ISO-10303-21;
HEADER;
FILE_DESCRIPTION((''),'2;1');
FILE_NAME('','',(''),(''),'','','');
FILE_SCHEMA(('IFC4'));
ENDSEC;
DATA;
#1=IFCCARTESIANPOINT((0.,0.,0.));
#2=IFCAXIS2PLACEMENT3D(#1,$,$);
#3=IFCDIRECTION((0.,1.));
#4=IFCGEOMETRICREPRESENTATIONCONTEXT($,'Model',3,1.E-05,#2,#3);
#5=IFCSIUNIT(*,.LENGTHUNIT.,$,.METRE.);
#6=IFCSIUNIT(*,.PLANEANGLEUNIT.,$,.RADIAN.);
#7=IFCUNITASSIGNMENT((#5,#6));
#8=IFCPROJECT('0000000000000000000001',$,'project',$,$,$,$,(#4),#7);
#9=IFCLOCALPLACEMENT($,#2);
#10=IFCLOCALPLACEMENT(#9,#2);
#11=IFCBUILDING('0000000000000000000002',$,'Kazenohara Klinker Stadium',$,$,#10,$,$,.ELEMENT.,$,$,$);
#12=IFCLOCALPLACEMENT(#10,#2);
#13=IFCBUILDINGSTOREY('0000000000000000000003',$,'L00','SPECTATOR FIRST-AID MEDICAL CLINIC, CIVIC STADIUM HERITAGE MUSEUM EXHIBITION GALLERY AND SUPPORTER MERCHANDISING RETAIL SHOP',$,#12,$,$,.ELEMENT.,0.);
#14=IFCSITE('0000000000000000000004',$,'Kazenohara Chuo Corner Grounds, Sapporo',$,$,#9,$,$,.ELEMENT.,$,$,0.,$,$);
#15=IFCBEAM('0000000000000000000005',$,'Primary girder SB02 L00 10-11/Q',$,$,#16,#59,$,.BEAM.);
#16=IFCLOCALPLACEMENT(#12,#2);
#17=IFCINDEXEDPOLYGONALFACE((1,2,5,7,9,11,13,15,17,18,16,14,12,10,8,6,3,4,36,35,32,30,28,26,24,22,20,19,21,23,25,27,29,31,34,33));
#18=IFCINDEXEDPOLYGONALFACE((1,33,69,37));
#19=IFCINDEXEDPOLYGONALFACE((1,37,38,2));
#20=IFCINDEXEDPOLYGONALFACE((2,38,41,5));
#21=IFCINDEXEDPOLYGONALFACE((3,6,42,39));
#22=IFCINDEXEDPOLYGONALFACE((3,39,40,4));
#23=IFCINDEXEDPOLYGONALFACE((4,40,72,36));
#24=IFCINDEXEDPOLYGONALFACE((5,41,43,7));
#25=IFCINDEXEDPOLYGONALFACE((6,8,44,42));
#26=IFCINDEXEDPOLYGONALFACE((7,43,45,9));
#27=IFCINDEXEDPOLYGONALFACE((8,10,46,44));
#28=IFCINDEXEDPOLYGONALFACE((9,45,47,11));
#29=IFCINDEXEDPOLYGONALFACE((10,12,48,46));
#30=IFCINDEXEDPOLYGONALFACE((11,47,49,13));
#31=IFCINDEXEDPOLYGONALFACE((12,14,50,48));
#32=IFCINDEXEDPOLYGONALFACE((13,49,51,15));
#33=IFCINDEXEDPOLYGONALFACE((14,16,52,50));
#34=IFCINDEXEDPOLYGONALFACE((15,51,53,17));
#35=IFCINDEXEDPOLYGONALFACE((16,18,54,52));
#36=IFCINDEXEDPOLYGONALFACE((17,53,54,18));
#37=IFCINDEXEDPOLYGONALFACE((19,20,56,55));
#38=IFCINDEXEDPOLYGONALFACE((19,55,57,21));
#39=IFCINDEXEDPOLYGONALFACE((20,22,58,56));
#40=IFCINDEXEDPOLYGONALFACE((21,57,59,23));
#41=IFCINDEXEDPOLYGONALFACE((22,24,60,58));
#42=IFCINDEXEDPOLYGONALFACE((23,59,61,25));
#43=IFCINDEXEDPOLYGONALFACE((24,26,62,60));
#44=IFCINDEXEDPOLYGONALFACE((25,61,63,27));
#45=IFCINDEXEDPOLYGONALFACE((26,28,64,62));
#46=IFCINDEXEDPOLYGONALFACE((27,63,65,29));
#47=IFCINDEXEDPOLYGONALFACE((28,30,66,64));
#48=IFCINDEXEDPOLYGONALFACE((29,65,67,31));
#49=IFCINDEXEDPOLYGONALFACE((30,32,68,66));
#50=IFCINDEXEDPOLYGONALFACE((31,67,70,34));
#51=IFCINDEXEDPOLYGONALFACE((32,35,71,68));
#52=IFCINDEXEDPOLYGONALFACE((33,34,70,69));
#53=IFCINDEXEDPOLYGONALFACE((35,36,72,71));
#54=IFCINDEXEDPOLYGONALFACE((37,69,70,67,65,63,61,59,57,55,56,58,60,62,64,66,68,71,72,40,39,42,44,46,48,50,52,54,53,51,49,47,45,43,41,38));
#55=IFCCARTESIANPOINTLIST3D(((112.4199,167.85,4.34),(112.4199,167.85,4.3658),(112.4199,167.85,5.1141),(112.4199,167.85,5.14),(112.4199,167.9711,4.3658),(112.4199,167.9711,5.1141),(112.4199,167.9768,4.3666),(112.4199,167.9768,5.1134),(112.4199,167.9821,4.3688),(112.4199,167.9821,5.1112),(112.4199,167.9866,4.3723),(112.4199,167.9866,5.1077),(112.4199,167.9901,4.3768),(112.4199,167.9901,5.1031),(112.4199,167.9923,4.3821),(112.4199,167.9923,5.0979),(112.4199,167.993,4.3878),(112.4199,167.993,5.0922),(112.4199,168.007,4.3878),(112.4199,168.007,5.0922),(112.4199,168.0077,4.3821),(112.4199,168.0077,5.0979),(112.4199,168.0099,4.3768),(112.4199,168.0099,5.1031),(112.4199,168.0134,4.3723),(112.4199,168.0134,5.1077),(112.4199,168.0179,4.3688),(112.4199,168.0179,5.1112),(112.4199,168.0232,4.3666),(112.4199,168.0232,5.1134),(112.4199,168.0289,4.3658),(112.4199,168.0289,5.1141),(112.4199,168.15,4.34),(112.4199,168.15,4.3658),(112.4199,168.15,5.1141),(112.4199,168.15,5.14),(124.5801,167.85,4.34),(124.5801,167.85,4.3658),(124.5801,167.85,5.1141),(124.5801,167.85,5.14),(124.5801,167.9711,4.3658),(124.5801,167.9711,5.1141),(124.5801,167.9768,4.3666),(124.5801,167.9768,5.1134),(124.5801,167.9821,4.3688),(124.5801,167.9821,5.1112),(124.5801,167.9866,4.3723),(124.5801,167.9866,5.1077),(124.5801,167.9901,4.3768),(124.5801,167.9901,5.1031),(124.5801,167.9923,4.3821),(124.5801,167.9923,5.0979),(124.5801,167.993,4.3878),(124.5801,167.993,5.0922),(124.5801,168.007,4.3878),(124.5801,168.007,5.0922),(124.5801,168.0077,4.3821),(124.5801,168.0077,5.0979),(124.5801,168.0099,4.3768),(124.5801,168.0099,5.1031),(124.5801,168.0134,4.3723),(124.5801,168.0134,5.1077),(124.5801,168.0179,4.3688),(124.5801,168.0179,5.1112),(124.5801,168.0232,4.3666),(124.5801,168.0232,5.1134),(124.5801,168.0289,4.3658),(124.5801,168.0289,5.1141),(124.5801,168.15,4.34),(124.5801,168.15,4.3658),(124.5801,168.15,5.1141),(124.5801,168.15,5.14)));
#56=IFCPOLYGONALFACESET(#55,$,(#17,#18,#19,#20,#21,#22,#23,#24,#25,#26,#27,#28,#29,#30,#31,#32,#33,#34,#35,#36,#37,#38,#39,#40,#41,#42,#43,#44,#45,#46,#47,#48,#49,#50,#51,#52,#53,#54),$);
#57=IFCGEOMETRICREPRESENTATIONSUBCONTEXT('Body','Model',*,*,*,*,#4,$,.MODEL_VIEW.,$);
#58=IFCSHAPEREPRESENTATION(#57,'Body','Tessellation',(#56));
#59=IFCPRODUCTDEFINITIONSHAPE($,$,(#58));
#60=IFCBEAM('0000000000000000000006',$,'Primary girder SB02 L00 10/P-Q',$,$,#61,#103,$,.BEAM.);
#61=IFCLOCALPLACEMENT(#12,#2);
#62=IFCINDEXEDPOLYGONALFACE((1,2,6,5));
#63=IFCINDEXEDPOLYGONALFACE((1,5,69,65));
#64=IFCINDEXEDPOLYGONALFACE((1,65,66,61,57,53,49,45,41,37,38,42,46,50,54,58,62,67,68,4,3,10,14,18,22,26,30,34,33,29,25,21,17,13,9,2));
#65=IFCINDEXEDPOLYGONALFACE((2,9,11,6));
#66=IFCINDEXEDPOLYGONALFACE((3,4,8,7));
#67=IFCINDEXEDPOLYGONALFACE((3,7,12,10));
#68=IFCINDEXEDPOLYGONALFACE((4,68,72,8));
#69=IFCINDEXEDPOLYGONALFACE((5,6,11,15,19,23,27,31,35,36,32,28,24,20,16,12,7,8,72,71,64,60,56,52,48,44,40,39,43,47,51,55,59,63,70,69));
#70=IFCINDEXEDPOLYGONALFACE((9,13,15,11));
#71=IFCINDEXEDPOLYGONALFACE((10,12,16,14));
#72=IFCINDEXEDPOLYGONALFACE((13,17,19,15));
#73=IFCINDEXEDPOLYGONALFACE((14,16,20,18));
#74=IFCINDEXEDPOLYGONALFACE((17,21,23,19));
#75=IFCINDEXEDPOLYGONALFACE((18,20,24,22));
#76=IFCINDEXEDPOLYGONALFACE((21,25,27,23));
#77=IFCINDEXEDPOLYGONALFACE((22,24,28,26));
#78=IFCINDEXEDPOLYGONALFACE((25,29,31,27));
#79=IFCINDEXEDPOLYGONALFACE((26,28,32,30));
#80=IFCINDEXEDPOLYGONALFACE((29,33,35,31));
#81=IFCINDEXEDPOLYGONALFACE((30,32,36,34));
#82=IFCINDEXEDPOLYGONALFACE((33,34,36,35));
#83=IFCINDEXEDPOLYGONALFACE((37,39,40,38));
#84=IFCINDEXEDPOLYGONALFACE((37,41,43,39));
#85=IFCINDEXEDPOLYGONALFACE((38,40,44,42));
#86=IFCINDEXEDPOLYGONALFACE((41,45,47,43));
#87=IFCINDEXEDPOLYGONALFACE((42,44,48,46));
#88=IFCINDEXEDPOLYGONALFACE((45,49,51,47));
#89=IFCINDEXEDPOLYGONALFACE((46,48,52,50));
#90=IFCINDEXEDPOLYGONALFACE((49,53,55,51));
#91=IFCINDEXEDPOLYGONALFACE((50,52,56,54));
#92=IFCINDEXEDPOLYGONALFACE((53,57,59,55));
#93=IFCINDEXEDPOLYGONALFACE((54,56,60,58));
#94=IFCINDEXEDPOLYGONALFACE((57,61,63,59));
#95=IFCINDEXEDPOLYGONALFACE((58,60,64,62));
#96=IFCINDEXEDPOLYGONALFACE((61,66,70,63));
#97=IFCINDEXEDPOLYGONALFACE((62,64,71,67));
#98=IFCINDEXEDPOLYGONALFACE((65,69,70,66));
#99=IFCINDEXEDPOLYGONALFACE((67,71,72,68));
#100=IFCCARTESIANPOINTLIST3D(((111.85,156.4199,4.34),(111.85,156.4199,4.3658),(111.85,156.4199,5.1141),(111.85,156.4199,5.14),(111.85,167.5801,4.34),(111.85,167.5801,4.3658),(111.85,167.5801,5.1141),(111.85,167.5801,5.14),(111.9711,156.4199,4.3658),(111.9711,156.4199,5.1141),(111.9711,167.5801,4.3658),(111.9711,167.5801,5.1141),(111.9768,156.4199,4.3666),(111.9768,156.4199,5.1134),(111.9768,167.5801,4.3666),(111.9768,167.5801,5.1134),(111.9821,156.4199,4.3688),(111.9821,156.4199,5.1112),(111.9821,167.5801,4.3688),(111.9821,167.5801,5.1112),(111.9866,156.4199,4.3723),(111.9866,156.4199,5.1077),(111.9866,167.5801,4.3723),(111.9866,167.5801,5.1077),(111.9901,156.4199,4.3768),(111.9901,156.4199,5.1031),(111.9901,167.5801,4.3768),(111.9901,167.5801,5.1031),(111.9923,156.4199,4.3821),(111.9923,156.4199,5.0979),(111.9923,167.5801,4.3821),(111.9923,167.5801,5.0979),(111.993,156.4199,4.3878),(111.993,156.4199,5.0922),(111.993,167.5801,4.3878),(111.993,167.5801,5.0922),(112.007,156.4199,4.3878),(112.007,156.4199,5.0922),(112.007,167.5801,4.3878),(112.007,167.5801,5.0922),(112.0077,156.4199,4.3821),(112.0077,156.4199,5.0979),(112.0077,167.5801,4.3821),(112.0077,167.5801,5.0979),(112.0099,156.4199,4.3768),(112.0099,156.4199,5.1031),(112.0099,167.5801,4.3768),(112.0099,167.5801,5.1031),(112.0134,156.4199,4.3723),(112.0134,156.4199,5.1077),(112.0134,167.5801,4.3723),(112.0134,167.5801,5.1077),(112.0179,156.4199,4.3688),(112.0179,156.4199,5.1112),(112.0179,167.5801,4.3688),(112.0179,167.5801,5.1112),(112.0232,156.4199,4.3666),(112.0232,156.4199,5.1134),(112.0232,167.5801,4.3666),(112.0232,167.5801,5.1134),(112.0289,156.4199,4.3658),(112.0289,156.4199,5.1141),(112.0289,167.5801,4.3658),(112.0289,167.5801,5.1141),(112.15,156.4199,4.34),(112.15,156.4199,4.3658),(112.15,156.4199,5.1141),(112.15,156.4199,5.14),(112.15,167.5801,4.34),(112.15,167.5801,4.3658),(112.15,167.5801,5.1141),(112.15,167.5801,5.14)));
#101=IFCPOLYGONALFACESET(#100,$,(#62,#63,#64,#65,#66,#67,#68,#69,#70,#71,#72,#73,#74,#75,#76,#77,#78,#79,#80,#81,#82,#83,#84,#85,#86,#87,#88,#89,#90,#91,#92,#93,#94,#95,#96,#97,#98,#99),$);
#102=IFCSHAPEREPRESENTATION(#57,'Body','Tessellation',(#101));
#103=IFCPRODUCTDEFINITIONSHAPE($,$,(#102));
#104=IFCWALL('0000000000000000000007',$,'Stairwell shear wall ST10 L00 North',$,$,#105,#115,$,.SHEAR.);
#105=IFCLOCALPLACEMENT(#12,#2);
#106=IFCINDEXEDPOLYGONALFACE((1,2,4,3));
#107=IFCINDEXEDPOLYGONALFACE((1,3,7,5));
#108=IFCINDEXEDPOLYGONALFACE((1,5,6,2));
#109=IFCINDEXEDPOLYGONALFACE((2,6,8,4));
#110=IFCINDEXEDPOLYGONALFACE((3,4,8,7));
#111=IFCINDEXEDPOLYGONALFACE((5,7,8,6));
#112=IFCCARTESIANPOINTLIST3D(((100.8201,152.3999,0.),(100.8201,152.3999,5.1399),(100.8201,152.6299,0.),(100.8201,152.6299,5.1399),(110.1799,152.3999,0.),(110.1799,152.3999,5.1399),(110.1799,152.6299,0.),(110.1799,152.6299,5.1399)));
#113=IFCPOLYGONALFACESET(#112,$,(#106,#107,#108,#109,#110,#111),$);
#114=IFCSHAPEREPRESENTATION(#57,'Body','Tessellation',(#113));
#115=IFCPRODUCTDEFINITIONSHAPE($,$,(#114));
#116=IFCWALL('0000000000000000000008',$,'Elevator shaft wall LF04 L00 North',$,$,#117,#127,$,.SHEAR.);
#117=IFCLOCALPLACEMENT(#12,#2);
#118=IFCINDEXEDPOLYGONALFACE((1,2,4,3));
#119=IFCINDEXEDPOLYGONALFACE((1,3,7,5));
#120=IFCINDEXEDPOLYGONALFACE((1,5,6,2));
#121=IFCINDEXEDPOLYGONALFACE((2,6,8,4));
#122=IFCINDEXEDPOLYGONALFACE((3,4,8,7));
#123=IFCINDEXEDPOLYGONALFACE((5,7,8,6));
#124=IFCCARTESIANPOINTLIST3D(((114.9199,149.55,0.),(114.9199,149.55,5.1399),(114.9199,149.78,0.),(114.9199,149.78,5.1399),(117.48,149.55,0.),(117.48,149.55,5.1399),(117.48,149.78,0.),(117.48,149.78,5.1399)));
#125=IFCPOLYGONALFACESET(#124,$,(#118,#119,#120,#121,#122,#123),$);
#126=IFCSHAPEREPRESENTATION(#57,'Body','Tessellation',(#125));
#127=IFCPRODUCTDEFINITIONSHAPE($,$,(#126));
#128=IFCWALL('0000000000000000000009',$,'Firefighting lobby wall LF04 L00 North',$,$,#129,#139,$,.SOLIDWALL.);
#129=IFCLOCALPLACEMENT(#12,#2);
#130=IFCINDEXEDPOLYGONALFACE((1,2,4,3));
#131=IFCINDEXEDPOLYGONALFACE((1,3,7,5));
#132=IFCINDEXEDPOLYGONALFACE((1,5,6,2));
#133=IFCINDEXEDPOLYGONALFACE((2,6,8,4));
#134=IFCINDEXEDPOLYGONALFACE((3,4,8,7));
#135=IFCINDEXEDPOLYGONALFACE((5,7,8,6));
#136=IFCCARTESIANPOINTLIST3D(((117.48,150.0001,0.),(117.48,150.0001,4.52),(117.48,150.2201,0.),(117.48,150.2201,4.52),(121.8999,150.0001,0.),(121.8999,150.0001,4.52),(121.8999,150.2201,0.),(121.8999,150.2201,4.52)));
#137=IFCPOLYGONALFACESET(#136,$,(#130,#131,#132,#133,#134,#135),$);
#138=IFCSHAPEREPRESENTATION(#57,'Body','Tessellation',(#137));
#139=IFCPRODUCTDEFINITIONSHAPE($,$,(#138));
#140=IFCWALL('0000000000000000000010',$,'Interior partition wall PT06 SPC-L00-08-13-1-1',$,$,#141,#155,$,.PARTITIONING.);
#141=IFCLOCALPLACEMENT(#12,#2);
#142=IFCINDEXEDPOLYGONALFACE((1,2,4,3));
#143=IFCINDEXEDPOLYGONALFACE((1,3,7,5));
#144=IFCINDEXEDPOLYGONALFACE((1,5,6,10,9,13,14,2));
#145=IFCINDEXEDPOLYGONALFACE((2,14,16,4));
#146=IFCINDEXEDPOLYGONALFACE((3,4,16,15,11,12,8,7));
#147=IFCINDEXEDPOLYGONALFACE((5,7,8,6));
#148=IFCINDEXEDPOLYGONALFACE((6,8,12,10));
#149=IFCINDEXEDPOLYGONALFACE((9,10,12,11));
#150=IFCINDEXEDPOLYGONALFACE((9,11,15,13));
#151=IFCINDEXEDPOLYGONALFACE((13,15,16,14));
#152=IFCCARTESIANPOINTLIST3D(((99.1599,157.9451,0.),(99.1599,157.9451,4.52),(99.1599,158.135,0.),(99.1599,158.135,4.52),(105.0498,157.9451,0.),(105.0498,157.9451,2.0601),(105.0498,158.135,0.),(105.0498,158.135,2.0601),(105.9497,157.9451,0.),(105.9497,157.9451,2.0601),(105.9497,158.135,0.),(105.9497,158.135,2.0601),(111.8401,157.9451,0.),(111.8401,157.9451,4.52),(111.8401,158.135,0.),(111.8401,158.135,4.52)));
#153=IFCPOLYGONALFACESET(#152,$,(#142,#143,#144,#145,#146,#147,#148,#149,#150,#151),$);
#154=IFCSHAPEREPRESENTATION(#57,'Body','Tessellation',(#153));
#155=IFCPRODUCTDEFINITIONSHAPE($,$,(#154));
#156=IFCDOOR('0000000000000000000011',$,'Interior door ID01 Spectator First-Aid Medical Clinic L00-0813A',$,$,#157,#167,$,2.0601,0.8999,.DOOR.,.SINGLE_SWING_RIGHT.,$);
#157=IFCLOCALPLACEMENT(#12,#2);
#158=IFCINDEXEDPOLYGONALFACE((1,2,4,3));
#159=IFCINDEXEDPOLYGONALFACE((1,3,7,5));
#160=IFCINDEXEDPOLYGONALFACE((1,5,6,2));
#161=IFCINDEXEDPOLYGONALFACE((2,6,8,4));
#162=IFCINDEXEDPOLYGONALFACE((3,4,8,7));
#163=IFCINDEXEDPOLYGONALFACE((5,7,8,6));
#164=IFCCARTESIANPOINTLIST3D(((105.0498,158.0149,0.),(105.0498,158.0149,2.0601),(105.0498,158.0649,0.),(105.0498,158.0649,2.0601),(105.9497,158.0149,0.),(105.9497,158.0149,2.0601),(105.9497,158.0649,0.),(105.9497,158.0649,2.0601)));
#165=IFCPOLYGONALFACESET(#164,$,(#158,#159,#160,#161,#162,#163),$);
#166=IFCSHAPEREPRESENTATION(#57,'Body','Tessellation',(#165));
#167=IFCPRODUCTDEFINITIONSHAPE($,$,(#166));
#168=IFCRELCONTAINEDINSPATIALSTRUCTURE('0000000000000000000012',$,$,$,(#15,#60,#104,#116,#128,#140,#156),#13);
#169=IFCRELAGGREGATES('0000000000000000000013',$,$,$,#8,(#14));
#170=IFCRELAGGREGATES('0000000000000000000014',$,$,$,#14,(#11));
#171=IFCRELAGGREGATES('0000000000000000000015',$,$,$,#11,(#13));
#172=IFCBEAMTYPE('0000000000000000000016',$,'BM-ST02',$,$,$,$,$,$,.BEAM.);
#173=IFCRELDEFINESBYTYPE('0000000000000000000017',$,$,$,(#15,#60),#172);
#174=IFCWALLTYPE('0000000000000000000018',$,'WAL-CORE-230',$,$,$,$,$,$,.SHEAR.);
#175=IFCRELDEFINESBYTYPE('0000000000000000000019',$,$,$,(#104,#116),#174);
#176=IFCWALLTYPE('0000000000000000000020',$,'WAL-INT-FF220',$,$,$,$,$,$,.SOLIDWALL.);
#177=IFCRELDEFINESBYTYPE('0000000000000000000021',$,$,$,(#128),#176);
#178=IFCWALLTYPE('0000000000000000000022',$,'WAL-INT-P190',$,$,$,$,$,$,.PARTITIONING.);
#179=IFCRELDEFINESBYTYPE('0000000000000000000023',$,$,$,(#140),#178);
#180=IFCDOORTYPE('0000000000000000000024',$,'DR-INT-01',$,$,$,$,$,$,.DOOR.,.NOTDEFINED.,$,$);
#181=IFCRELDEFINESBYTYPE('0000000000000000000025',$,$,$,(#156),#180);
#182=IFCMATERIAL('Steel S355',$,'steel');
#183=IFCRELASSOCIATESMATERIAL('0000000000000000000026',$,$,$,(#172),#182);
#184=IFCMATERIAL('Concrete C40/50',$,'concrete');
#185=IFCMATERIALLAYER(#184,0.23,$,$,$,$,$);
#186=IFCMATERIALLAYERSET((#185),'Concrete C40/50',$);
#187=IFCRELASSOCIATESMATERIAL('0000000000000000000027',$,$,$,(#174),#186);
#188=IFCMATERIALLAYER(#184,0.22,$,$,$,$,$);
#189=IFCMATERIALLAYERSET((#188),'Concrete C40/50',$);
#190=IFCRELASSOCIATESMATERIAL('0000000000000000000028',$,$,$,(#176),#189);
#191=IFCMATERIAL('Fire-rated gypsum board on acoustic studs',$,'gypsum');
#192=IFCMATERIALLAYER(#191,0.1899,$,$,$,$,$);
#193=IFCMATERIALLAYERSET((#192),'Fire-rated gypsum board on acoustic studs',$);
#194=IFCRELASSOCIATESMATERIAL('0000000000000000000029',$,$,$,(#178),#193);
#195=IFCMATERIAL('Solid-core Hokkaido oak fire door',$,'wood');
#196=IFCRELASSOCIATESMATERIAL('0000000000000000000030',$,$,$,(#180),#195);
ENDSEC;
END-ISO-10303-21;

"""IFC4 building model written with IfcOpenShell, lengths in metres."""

from ifc_helpers import new_model, si_unit, direction, frame, frame_2d, origin, origin_2d, place, context, subcontext, project, spatial, rectangle, i_section, extrude, material, layer, layer_set, material_profile, profile_set, type_object, element, fill, save


model = new_model("IFC4")

# Units and contexts
model_context = context("Model", 3, precision=1e-05, world=origin(), true_north=direction((0.0, 1.0)))
body_context = subcontext(model_context, "Body", "Model", "MODEL_VIEW")
ifc_project = project(units=[si_unit("LENGTHUNIT", "METRE"), si_unit("PLANEANGLEUNIT", "RADIAN")], contexts=[model_context])

# Site, building, storey
site_placement = place(None, origin())
site = spatial("IfcSite", under=ifc_project, at=site_placement, Name="Kazenohara Chuo Corner Grounds, Sapporo", CompositionType="ELEMENT", RefElevation=0.0)
building_placement = place(site_placement, origin())
building = spatial("IfcBuilding", under=site, at=building_placement, Name="Kazenohara Klinker Stadium", CompositionType="ELEMENT")
storey_placement = place(building_placement, origin())
storey = spatial("IfcBuildingStorey", under=building, at=storey_placement, Name="L00", Description="SPECTATOR FIRST-AID MEDICAL CLINIC, CIVIC STADIUM HERITAGE MUSEUM EXHIBITION GALLERY AND SUPPORTER MERCHANDISING RETAIL SHOP", CompositionType="ELEMENT", Elevation=0.0)

# Shared definitions
ifc_material_1 = material(Name="Concrete C40/50", Category="concrete")

# Beams
ifc_material_2 = material(Name="Steel S355", Category="steel")
ifc_material_profile_1 = material_profile(ifc_material_2, i_section(OverallWidth=0.3, OverallDepth=0.8, WebThickness=0.0139, FlangeThickness=0.0259, FilletRadius=0.022, at=origin_2d()), Name="H-800x300x14x26")
ifc_profile_set_1 = profile_set([ifc_material_profile_1], Name="Steel S355")
beam_type_1 = type_object("IfcBeamType", Name="BM-ST02", PredefinedType="BEAM", material=ifc_profile_set_1)
beam_1_placement = place(storey_placement, frame((112.4199, 168.0, 4.74), z_axis=(1.0, 0.0, 0.0), x_axis=(0.0, 1.0, 0.0)))
element("IfcBeam", 1, at=beam_1_placement, inside=storey, type_object=beam_type_1, Name="Primary girder SB02 L00 10-11/Q", PredefinedType="BEAM", context=body_context, shape_type="SweptSolid", body=[
    extrude(i_section(OverallWidth=0.3, OverallDepth=0.8, WebThickness=0.0139, FlangeThickness=0.0259, FilletRadius=0.022, at=origin_2d()), origin(), (0.0, 0.0, 1.0), 12.1602),
])
beam_2_placement = place(storey_placement, frame((112.0, 156.4199, 4.74), z_axis=(0.0, 1.0, 0.0), x_axis=(-1.0, 0.0, 0.0)))
element("IfcBeam", 2, at=beam_2_placement, inside=storey, type_object=beam_type_1, Name="Primary girder SB02 L00 10/P-Q", PredefinedType="BEAM", context=body_context, shape_type="SweptSolid", body=[
    extrude(i_section(OverallWidth=0.3, OverallDepth=0.8, WebThickness=0.0139, FlangeThickness=0.0259, FilletRadius=0.022, at=origin_2d()), origin(), (0.0, 0.0, 1.0), 11.1602),
])

# Walls
ifc_layer_1 = layer(ifc_material_1, 0.23)
ifc_layer_set_1 = layer_set([ifc_layer_1], Name="Concrete C40/50")
wall_type_1 = type_object("IfcWallType", Name="WAL-CORE-230", PredefinedType="SHEAR", material=ifc_layer_set_1)
wall_1_placement = place(storey_placement, frame((100.8201, 152.5149, 0.0), z_axis=(0.0, 0.0, 1.0), x_axis=(1.0, 0.0, 0.0)))
element("IfcWall", 3, at=wall_1_placement, inside=storey, type_object=wall_type_1, Name="Stairwell shear wall ST10 L00 North", PredefinedType="SHEAR", context=body_context, shape_type="SweptSolid", body=[
    extrude(rectangle(XDim=9.3599, YDim=0.23, at=frame_2d((4.6799, 0.0))), origin(), (0.0, 0.0, 1.0), 5.1399),
])
wall_2_placement = place(storey_placement, frame((114.9199, 149.665, 0.0), z_axis=(0.0, 0.0, 1.0), x_axis=(1.0, 0.0, 0.0)))
element("IfcWall", 4, at=wall_2_placement, inside=storey, type_object=wall_type_1, Name="Elevator shaft wall LF04 L00 North", PredefinedType="SHEAR", context=body_context, shape_type="SweptSolid", body=[
    extrude(rectangle(XDim=2.5601, YDim=0.23, at=frame_2d((1.28, 0.0))), origin(), (0.0, 0.0, 1.0), 5.1399),
])

# Wall
ifc_layer_2 = layer(ifc_material_1, 0.22)
ifc_layer_set_2 = layer_set([ifc_layer_2], Name="Concrete C40/50")
wall_type_2 = type_object("IfcWallType", Name="WAL-INT-FF220", PredefinedType="SOLIDWALL", material=ifc_layer_set_2)
wall_3_placement = place(storey_placement, frame((117.48, 150.1101, 0.0), z_axis=(0.0, 0.0, 1.0), x_axis=(1.0, 0.0, 0.0)))
element("IfcWall", 5, at=wall_3_placement, inside=storey, type_object=wall_type_2, Name="Firefighting lobby wall LF04 L00 North", PredefinedType="SOLIDWALL", context=body_context, shape_type="SweptSolid", body=[
    extrude(rectangle(XDim=4.4199, YDim=0.22, at=frame_2d((2.21, 0.0))), origin(), (0.0, 0.0, 1.0), 4.52),
])

# Wall, opening, door
ifc_material_3 = material(Name="Fire-rated gypsum board on acoustic studs", Category="gypsum")
ifc_layer_3 = layer(ifc_material_3, 0.1899)
ifc_layer_set_3 = layer_set([ifc_layer_3], Name="Fire-rated gypsum board on acoustic studs")
wall_type_3 = type_object("IfcWallType", Name="WAL-INT-P190", PredefinedType="PARTITIONING", material=ifc_layer_set_3)
wall_4_placement = place(storey_placement, frame((99.1599, 158.04, 0.0), z_axis=(0.0, 0.0, 1.0), x_axis=(1.0, 0.0, 0.0)))
wall_4 = element("IfcWall", 6, at=wall_4_placement, inside=storey, type_object=wall_type_3, Name="Interior partition wall PT06 SPC-L00-08-13-1-1", PredefinedType="PARTITIONING", context=body_context, shape_type="SweptSolid", body=[
    extrude(rectangle(XDim=12.6802, YDim=0.1899, at=frame_2d((6.3401, 0.0))), origin(), (0.0, 0.0, 1.0), 4.52),
])
opening_1_placement = place(wall_4_placement, frame((5.8899, 0.0, 0.0)))
opening_1 = element("IfcOpeningElement", 7, at=opening_1_placement, cuts=wall_4, PredefinedType="OPENING", context=body_context, shape_type="SweptSolid", body=[
    extrude(rectangle(XDim=0.8999, YDim=2.0601, at=frame_2d((0.45, 1.03))), frame((0.0, 0.105, 0.0), z_axis=(0.0, -1.0, 0.0), x_axis=(1.0, 0.0, 0.0)), (0.0, 0.0, 1.0), 0.21),
])
ifc_material_4 = material(Name="Solid-core Hokkaido oak fire door", Category="wood")
door_type_1 = type_object("IfcDoorType", Name="DR-INT-01", OperationType="NOTDEFINED", PredefinedType="DOOR", material=ifc_material_4)
door_1_placement = place(opening_1_placement, origin())
door_1 = element("IfcDoor", 8, at=door_1_placement, inside=storey, type_object=door_type_1, Name="Interior door ID01 Spectator First-Aid Medical Clinic L00-0813A", OperationType="SINGLE_SWING_RIGHT", OverallHeight=2.0601, OverallWidth=0.8999, PredefinedType="DOOR", context=body_context, shape_type="SweptSolid", body=[
    extrude(rectangle(XDim=0.8999, YDim=2.0601, at=frame_2d((0.45, 1.03))), frame((0.0, 0.0249, 0.0), z_axis=(0.0, -1.0, 0.0), x_axis=(1.0, 0.0, 0.0)), (0.0, 0.0, 1.0), 0.05),
])
fill(opening_1, door_1)

save(model, "model.ifc")
